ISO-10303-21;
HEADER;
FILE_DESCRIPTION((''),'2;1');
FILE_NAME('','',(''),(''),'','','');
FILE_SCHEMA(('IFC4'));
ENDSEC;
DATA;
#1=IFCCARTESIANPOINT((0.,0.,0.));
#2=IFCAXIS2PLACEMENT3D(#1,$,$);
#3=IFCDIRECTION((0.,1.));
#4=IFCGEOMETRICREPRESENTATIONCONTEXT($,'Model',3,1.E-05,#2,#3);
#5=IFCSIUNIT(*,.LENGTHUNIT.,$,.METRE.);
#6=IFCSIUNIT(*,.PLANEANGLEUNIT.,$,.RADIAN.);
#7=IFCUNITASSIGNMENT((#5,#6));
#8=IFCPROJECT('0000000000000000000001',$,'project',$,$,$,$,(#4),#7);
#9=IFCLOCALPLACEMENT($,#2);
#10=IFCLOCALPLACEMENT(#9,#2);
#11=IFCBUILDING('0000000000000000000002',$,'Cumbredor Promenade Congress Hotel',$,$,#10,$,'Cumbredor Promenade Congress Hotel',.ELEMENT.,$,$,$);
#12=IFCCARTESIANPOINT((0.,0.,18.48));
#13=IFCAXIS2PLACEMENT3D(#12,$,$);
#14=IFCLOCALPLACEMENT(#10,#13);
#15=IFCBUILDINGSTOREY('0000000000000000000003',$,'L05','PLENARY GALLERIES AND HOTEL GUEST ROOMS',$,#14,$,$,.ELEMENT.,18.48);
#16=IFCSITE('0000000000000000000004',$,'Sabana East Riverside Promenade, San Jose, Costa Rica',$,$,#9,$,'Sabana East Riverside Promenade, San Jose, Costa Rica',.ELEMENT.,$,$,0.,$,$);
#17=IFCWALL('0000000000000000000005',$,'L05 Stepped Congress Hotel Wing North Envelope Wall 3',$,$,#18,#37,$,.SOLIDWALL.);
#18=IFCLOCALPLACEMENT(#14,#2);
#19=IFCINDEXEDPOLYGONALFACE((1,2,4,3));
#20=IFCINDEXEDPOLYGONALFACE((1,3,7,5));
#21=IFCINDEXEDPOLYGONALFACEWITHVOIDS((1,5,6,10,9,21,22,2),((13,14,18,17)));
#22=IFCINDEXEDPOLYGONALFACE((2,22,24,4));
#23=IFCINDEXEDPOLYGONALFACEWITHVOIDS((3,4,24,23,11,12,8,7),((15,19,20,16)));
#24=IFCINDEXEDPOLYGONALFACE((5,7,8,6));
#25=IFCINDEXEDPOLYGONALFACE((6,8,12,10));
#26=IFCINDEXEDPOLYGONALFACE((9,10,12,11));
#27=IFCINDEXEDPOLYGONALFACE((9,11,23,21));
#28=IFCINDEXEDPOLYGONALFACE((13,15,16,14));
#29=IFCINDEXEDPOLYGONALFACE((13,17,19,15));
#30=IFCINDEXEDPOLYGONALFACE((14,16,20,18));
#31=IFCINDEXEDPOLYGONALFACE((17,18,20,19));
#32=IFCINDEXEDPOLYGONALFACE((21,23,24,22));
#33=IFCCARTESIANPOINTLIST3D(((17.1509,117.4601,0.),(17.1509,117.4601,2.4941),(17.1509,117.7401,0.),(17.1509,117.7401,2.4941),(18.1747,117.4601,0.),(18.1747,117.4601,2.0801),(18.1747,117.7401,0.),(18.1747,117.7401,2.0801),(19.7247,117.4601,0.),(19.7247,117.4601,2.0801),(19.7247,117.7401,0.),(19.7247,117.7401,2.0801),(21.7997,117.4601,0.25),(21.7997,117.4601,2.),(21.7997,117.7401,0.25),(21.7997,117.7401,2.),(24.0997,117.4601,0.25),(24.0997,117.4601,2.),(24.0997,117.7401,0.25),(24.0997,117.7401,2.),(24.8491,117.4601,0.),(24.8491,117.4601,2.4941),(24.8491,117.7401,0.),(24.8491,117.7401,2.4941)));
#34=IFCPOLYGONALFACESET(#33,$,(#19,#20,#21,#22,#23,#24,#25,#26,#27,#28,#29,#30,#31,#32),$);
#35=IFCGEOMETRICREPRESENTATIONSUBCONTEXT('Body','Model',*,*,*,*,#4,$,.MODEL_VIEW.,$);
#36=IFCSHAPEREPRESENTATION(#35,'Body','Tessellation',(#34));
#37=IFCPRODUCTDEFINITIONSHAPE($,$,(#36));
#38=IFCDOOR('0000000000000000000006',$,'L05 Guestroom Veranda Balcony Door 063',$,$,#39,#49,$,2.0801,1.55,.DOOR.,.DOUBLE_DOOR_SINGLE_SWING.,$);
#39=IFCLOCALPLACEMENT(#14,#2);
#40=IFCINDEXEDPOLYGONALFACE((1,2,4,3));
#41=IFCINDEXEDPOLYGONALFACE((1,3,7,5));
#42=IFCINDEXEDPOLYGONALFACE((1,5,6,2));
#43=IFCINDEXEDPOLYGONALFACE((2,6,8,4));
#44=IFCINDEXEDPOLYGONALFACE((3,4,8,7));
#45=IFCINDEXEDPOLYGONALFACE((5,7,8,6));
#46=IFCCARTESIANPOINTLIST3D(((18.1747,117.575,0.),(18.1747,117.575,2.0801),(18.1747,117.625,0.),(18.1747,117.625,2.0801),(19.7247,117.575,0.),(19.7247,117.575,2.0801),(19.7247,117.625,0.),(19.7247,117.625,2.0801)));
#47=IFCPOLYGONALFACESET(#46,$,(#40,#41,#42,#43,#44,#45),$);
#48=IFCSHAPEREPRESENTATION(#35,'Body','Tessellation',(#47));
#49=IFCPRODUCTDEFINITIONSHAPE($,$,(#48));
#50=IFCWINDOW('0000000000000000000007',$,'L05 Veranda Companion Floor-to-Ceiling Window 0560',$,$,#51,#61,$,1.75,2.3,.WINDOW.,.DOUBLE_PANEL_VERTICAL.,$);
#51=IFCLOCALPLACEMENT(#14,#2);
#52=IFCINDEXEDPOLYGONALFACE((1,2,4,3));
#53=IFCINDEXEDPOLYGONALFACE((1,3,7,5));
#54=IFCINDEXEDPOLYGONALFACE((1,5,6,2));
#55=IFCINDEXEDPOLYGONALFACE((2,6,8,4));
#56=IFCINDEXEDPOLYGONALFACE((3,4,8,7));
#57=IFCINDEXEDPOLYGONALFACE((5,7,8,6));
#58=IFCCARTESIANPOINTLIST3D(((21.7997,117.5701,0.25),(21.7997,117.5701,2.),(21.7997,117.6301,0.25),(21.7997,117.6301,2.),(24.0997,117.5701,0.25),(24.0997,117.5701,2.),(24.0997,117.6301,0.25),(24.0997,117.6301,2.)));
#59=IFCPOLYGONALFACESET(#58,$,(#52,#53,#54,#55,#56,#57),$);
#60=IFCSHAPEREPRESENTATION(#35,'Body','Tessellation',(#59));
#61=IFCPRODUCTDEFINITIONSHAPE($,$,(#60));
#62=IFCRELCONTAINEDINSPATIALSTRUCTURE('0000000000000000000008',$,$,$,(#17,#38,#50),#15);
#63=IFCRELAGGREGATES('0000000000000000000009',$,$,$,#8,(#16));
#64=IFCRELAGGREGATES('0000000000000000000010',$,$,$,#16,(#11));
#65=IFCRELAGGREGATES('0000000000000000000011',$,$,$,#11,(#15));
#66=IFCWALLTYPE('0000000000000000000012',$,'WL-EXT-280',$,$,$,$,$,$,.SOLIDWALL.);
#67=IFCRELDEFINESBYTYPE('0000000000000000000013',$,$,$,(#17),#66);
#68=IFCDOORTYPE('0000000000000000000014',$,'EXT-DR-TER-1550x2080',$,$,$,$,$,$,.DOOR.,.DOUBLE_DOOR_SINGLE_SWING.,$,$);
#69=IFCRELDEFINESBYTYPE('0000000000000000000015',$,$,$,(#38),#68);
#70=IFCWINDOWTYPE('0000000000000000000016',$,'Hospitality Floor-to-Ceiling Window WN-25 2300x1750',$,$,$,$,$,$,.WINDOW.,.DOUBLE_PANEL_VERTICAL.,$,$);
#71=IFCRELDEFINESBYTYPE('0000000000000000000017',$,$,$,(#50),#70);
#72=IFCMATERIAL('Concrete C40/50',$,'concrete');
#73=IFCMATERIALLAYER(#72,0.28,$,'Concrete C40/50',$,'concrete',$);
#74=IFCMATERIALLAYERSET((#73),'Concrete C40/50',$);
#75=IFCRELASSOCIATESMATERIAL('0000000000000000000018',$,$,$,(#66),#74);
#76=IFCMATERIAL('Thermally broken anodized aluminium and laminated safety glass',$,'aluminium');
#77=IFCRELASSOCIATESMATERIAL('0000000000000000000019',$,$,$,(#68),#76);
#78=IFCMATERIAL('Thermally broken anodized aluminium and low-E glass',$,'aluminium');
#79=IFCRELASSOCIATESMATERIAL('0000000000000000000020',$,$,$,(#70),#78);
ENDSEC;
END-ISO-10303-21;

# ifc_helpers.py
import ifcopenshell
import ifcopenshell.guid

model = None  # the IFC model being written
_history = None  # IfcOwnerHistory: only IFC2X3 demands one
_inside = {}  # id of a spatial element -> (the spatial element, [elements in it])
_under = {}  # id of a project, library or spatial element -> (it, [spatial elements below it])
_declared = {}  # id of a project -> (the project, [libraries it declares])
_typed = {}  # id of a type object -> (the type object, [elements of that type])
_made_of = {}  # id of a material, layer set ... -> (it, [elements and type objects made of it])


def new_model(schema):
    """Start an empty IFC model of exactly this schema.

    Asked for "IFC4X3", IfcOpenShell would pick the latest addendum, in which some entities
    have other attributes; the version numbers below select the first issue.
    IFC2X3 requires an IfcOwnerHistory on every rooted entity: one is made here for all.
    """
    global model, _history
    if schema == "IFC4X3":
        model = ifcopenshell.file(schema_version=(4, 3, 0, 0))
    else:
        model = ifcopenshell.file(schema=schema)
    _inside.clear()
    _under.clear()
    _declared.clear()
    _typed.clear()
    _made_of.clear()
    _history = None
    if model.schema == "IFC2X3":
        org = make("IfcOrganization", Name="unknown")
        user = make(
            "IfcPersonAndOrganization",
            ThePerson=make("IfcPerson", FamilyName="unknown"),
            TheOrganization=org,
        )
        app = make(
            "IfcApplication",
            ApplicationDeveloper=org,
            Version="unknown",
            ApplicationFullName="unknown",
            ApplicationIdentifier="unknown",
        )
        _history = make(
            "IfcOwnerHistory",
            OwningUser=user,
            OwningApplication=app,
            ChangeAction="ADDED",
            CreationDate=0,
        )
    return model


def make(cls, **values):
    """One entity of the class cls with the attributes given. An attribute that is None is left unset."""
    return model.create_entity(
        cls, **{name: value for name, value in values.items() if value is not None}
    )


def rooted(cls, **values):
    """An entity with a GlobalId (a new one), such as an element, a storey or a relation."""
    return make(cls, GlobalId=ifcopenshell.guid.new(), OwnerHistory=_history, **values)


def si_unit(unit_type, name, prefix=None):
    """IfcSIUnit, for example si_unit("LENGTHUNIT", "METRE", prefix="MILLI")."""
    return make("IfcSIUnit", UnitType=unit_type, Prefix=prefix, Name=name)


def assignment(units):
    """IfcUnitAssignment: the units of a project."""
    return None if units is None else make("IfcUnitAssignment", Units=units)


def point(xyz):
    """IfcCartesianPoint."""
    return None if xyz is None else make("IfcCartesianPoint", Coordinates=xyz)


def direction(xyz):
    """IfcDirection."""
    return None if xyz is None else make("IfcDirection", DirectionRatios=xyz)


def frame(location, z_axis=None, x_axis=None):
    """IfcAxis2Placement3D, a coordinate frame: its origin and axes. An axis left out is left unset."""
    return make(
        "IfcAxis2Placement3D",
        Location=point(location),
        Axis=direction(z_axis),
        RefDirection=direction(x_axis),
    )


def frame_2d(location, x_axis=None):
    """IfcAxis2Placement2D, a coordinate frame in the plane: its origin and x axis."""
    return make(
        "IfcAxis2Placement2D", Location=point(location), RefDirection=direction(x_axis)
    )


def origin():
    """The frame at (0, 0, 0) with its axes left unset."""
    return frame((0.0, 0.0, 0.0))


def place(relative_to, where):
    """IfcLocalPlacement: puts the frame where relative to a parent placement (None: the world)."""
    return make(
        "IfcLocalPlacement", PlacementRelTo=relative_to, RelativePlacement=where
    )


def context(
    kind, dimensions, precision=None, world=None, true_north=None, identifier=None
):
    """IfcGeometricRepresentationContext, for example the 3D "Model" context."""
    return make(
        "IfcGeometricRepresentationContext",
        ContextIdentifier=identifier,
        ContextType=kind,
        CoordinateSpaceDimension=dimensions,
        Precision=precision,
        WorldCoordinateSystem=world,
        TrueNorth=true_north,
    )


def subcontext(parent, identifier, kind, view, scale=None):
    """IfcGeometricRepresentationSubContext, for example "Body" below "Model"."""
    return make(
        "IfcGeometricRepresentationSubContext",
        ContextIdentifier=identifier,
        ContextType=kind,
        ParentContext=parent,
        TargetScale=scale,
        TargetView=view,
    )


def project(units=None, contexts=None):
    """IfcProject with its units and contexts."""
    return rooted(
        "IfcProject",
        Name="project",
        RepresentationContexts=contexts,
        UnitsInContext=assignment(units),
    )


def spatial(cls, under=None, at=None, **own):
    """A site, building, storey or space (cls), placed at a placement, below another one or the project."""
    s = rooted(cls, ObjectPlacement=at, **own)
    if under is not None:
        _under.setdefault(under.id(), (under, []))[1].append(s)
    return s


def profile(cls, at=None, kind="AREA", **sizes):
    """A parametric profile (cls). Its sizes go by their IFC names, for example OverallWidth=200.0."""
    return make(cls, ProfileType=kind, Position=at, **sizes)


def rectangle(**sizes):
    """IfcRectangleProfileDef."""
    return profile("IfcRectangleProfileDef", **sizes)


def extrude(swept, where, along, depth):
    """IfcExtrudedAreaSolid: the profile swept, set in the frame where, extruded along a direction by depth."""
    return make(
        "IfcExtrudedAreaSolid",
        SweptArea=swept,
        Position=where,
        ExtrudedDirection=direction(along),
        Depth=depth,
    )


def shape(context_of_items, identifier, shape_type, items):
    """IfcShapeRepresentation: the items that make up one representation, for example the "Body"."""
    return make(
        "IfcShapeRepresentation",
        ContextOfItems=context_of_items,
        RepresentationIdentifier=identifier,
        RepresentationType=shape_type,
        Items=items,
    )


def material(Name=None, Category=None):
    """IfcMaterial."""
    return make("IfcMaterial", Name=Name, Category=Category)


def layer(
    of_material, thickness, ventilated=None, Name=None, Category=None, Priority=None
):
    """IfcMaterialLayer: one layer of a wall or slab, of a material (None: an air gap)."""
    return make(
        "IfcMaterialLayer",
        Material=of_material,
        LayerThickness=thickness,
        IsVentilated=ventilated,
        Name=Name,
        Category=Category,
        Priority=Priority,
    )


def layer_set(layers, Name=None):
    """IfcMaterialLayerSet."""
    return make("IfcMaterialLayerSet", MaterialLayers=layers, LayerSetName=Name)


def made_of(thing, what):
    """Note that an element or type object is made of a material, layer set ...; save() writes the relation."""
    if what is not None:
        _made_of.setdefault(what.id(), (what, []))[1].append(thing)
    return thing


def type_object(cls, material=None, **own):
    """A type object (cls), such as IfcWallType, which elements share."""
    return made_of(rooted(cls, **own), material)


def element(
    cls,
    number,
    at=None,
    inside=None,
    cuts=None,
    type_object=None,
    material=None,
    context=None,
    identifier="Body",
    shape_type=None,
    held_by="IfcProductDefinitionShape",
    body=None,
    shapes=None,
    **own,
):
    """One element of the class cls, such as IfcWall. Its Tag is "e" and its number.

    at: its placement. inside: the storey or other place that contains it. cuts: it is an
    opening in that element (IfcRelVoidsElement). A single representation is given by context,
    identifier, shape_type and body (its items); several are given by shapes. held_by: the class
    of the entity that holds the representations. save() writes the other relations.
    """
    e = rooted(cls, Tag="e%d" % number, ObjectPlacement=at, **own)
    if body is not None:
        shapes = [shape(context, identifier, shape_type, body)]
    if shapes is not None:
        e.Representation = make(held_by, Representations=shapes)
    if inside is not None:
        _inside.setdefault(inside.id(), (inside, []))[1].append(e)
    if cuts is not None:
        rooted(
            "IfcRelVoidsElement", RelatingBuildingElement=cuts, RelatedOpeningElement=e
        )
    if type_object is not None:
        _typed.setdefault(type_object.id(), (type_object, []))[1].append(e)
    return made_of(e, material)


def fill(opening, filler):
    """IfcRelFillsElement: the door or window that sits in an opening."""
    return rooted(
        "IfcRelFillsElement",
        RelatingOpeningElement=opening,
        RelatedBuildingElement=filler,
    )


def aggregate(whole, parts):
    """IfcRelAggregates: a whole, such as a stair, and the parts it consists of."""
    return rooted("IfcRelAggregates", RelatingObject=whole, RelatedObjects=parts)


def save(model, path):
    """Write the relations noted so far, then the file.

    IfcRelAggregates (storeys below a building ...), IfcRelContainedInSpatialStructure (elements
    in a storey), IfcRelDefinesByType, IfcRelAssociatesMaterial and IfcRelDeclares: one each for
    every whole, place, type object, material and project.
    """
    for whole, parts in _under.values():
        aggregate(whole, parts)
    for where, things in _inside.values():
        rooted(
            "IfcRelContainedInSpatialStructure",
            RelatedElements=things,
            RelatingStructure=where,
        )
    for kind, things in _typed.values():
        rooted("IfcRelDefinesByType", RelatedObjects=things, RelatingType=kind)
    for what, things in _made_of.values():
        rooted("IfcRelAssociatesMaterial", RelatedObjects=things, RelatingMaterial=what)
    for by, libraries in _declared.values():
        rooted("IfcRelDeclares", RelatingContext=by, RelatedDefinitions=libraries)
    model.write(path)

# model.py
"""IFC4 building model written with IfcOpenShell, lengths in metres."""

from ifc_helpers import new_model, si_unit, direction, frame, frame_2d, origin, place, context, subcontext, project, spatial, rectangle, extrude, material, layer, layer_set, type_object, element, fill, save


model = new_model("IFC4")

# Units and contexts
model_context = context("Model", 3, precision=1e-05, world=origin(), true_north=direction((0.0, 1.0)))
body_context = subcontext(model_context, "Body", "Model", "MODEL_VIEW")
ifc_project = project(units=[si_unit("LENGTHUNIT", "METRE"), si_unit("PLANEANGLEUNIT", "RADIAN")], contexts=[model_context])

# Site, building, storey
site_placement = place(None, origin())
site = spatial("IfcSite", under=ifc_project, at=site_placement, Name="Sabana East Riverside Promenade, San Jose, Costa Rica", LongName="Sabana East Riverside Promenade, San Jose, Costa Rica", CompositionType="ELEMENT", RefElevation=0.0)
building_placement = place(site_placement, origin())
building = spatial("IfcBuilding", under=site, at=building_placement, Name="Cumbredor Promenade Congress Hotel", LongName="Cumbredor Promenade Congress Hotel", CompositionType="ELEMENT")
storey_placement = place(building_placement, frame((0.0, 0.0, 18.48)))
storey = spatial("IfcBuildingStorey", under=building, at=storey_placement, Name="L05", Description="PLENARY GALLERIES AND HOTEL GUEST ROOMS", CompositionType="ELEMENT", Elevation=18.48)

# Shared definitions
ifc_material_1 = material(Name="Concrete C40/50", Category="concrete")

# Shared definitions
ifc_material_2 = material(Name="Thermally broken anodized aluminium and low-E glass", Category="aluminium")

# Wall, openings, door, window
ifc_layer_1 = layer(ifc_material_1, 0.28, Name="Concrete C40/50", Category="concrete")
ifc_layer_set_1 = layer_set([ifc_layer_1], Name="Concrete C40/50")
wall_type_1 = type_object("IfcWallType", Name="WL-EXT-280", PredefinedType="SOLIDWALL", material=ifc_layer_set_1)
wall_1_placement = place(storey_placement, frame((17.1509, 117.6001, 0.0), z_axis=(0.0, 0.0, 1.0), x_axis=(1.0, 0.0, 0.0)))
wall_1 = element("IfcWall", 1, at=wall_1_placement, inside=storey, type_object=wall_type_1, Name="L05 Stepped Congress Hotel Wing North Envelope Wall 3", PredefinedType="SOLIDWALL", context=body_context, shape_type="SweptSolid", body=[
    extrude(rectangle(XDim=7.6982, YDim=0.28, at=frame_2d((3.8491, 0.0))), origin(), (0.0, 0.0, 1.0), 2.4941),
])
opening_1_placement = place(wall_1_placement, frame((1.0239, 0.0, 0.0)))
opening_1 = element("IfcOpeningElement", 2, at=opening_1_placement, cuts=wall_1, PredefinedType="OPENING", context=body_context, shape_type="SweptSolid", body=[
    extrude(rectangle(XDim=1.55, YDim=2.0801, at=frame_2d((0.7749, 1.04))), frame((0.0, 0.1499, 0.0), z_axis=(0.0, -1.0, 0.0), x_axis=(1.0, 0.0, 0.0)), (0.0, 0.0, 1.0), 0.3),
])
opening_2_placement = place(wall_1_placement, frame((4.6489, 0.0, 0.25)))
opening_2 = element("IfcOpeningElement", 3, at=opening_2_placement, cuts=wall_1, PredefinedType="OPENING", context=body_context, shape_type="SweptSolid", body=[
    extrude(rectangle(XDim=2.3, YDim=1.75, at=frame_2d((1.1499, 0.875))), frame((0.0, 0.1499, 0.0), z_axis=(0.0, -1.0, 0.0), x_axis=(1.0, 0.0, 0.0)), (0.0, 0.0, 1.0), 0.3),
])
ifc_material_3 = material(Name="Thermally broken anodized aluminium and laminated safety glass", Category="aluminium")
door_type_1 = type_object("IfcDoorType", Name="EXT-DR-TER-1550x2080", OperationType="DOUBLE_DOOR_SINGLE_SWING", PredefinedType="DOOR", material=ifc_material_3)
door_1_placement = place(opening_1_placement, origin())
door_1 = element("IfcDoor", 4, at=door_1_placement, inside=storey, type_object=door_type_1, Name="L05 Guestroom Veranda Balcony Door 063", OperationType="DOUBLE_DOOR_SINGLE_SWING", OverallHeight=2.0801, OverallWidth=1.55, PredefinedType="DOOR", context=body_context, shape_type="SweptSolid", body=[
    extrude(rectangle(XDim=1.55, YDim=2.0801, at=frame_2d((0.7749, 1.04))), frame((0.0, 0.0249, 0.0), z_axis=(0.0, -1.0, 0.0), x_axis=(1.0, 0.0, 0.0)), (0.0, 0.0, 1.0), 0.05),
])
fill(opening_1, door_1)
window_type = type_object("IfcWindowType", Name="Hospitality Floor-to-Ceiling Window WN-25 2300x1750", PartitioningType="DOUBLE_PANEL_VERTICAL", PredefinedType="WINDOW", material=ifc_material_2)
window_placement = place(opening_2_placement, origin())
window = element("IfcWindow", 5, at=window_placement, inside=storey, type_object=window_type, Name="L05 Veranda Companion Floor-to-Ceiling Window 0560", OverallHeight=1.75, OverallWidth=2.3, PartitioningType="DOUBLE_PANEL_VERTICAL", PredefinedType="WINDOW", context=body_context, shape_type="SweptSolid", body=[
    extrude(rectangle(XDim=2.3, YDim=1.75, at=frame_2d((1.1499, 0.875))), frame((0.0, 0.03, 0.0), z_axis=(0.0, -1.0, 0.0), x_axis=(1.0, 0.0, 0.0)), (0.0, 0.0, 1.0), 0.0601),
])
fill(opening_2, window)

save(model, "model.ifc")
